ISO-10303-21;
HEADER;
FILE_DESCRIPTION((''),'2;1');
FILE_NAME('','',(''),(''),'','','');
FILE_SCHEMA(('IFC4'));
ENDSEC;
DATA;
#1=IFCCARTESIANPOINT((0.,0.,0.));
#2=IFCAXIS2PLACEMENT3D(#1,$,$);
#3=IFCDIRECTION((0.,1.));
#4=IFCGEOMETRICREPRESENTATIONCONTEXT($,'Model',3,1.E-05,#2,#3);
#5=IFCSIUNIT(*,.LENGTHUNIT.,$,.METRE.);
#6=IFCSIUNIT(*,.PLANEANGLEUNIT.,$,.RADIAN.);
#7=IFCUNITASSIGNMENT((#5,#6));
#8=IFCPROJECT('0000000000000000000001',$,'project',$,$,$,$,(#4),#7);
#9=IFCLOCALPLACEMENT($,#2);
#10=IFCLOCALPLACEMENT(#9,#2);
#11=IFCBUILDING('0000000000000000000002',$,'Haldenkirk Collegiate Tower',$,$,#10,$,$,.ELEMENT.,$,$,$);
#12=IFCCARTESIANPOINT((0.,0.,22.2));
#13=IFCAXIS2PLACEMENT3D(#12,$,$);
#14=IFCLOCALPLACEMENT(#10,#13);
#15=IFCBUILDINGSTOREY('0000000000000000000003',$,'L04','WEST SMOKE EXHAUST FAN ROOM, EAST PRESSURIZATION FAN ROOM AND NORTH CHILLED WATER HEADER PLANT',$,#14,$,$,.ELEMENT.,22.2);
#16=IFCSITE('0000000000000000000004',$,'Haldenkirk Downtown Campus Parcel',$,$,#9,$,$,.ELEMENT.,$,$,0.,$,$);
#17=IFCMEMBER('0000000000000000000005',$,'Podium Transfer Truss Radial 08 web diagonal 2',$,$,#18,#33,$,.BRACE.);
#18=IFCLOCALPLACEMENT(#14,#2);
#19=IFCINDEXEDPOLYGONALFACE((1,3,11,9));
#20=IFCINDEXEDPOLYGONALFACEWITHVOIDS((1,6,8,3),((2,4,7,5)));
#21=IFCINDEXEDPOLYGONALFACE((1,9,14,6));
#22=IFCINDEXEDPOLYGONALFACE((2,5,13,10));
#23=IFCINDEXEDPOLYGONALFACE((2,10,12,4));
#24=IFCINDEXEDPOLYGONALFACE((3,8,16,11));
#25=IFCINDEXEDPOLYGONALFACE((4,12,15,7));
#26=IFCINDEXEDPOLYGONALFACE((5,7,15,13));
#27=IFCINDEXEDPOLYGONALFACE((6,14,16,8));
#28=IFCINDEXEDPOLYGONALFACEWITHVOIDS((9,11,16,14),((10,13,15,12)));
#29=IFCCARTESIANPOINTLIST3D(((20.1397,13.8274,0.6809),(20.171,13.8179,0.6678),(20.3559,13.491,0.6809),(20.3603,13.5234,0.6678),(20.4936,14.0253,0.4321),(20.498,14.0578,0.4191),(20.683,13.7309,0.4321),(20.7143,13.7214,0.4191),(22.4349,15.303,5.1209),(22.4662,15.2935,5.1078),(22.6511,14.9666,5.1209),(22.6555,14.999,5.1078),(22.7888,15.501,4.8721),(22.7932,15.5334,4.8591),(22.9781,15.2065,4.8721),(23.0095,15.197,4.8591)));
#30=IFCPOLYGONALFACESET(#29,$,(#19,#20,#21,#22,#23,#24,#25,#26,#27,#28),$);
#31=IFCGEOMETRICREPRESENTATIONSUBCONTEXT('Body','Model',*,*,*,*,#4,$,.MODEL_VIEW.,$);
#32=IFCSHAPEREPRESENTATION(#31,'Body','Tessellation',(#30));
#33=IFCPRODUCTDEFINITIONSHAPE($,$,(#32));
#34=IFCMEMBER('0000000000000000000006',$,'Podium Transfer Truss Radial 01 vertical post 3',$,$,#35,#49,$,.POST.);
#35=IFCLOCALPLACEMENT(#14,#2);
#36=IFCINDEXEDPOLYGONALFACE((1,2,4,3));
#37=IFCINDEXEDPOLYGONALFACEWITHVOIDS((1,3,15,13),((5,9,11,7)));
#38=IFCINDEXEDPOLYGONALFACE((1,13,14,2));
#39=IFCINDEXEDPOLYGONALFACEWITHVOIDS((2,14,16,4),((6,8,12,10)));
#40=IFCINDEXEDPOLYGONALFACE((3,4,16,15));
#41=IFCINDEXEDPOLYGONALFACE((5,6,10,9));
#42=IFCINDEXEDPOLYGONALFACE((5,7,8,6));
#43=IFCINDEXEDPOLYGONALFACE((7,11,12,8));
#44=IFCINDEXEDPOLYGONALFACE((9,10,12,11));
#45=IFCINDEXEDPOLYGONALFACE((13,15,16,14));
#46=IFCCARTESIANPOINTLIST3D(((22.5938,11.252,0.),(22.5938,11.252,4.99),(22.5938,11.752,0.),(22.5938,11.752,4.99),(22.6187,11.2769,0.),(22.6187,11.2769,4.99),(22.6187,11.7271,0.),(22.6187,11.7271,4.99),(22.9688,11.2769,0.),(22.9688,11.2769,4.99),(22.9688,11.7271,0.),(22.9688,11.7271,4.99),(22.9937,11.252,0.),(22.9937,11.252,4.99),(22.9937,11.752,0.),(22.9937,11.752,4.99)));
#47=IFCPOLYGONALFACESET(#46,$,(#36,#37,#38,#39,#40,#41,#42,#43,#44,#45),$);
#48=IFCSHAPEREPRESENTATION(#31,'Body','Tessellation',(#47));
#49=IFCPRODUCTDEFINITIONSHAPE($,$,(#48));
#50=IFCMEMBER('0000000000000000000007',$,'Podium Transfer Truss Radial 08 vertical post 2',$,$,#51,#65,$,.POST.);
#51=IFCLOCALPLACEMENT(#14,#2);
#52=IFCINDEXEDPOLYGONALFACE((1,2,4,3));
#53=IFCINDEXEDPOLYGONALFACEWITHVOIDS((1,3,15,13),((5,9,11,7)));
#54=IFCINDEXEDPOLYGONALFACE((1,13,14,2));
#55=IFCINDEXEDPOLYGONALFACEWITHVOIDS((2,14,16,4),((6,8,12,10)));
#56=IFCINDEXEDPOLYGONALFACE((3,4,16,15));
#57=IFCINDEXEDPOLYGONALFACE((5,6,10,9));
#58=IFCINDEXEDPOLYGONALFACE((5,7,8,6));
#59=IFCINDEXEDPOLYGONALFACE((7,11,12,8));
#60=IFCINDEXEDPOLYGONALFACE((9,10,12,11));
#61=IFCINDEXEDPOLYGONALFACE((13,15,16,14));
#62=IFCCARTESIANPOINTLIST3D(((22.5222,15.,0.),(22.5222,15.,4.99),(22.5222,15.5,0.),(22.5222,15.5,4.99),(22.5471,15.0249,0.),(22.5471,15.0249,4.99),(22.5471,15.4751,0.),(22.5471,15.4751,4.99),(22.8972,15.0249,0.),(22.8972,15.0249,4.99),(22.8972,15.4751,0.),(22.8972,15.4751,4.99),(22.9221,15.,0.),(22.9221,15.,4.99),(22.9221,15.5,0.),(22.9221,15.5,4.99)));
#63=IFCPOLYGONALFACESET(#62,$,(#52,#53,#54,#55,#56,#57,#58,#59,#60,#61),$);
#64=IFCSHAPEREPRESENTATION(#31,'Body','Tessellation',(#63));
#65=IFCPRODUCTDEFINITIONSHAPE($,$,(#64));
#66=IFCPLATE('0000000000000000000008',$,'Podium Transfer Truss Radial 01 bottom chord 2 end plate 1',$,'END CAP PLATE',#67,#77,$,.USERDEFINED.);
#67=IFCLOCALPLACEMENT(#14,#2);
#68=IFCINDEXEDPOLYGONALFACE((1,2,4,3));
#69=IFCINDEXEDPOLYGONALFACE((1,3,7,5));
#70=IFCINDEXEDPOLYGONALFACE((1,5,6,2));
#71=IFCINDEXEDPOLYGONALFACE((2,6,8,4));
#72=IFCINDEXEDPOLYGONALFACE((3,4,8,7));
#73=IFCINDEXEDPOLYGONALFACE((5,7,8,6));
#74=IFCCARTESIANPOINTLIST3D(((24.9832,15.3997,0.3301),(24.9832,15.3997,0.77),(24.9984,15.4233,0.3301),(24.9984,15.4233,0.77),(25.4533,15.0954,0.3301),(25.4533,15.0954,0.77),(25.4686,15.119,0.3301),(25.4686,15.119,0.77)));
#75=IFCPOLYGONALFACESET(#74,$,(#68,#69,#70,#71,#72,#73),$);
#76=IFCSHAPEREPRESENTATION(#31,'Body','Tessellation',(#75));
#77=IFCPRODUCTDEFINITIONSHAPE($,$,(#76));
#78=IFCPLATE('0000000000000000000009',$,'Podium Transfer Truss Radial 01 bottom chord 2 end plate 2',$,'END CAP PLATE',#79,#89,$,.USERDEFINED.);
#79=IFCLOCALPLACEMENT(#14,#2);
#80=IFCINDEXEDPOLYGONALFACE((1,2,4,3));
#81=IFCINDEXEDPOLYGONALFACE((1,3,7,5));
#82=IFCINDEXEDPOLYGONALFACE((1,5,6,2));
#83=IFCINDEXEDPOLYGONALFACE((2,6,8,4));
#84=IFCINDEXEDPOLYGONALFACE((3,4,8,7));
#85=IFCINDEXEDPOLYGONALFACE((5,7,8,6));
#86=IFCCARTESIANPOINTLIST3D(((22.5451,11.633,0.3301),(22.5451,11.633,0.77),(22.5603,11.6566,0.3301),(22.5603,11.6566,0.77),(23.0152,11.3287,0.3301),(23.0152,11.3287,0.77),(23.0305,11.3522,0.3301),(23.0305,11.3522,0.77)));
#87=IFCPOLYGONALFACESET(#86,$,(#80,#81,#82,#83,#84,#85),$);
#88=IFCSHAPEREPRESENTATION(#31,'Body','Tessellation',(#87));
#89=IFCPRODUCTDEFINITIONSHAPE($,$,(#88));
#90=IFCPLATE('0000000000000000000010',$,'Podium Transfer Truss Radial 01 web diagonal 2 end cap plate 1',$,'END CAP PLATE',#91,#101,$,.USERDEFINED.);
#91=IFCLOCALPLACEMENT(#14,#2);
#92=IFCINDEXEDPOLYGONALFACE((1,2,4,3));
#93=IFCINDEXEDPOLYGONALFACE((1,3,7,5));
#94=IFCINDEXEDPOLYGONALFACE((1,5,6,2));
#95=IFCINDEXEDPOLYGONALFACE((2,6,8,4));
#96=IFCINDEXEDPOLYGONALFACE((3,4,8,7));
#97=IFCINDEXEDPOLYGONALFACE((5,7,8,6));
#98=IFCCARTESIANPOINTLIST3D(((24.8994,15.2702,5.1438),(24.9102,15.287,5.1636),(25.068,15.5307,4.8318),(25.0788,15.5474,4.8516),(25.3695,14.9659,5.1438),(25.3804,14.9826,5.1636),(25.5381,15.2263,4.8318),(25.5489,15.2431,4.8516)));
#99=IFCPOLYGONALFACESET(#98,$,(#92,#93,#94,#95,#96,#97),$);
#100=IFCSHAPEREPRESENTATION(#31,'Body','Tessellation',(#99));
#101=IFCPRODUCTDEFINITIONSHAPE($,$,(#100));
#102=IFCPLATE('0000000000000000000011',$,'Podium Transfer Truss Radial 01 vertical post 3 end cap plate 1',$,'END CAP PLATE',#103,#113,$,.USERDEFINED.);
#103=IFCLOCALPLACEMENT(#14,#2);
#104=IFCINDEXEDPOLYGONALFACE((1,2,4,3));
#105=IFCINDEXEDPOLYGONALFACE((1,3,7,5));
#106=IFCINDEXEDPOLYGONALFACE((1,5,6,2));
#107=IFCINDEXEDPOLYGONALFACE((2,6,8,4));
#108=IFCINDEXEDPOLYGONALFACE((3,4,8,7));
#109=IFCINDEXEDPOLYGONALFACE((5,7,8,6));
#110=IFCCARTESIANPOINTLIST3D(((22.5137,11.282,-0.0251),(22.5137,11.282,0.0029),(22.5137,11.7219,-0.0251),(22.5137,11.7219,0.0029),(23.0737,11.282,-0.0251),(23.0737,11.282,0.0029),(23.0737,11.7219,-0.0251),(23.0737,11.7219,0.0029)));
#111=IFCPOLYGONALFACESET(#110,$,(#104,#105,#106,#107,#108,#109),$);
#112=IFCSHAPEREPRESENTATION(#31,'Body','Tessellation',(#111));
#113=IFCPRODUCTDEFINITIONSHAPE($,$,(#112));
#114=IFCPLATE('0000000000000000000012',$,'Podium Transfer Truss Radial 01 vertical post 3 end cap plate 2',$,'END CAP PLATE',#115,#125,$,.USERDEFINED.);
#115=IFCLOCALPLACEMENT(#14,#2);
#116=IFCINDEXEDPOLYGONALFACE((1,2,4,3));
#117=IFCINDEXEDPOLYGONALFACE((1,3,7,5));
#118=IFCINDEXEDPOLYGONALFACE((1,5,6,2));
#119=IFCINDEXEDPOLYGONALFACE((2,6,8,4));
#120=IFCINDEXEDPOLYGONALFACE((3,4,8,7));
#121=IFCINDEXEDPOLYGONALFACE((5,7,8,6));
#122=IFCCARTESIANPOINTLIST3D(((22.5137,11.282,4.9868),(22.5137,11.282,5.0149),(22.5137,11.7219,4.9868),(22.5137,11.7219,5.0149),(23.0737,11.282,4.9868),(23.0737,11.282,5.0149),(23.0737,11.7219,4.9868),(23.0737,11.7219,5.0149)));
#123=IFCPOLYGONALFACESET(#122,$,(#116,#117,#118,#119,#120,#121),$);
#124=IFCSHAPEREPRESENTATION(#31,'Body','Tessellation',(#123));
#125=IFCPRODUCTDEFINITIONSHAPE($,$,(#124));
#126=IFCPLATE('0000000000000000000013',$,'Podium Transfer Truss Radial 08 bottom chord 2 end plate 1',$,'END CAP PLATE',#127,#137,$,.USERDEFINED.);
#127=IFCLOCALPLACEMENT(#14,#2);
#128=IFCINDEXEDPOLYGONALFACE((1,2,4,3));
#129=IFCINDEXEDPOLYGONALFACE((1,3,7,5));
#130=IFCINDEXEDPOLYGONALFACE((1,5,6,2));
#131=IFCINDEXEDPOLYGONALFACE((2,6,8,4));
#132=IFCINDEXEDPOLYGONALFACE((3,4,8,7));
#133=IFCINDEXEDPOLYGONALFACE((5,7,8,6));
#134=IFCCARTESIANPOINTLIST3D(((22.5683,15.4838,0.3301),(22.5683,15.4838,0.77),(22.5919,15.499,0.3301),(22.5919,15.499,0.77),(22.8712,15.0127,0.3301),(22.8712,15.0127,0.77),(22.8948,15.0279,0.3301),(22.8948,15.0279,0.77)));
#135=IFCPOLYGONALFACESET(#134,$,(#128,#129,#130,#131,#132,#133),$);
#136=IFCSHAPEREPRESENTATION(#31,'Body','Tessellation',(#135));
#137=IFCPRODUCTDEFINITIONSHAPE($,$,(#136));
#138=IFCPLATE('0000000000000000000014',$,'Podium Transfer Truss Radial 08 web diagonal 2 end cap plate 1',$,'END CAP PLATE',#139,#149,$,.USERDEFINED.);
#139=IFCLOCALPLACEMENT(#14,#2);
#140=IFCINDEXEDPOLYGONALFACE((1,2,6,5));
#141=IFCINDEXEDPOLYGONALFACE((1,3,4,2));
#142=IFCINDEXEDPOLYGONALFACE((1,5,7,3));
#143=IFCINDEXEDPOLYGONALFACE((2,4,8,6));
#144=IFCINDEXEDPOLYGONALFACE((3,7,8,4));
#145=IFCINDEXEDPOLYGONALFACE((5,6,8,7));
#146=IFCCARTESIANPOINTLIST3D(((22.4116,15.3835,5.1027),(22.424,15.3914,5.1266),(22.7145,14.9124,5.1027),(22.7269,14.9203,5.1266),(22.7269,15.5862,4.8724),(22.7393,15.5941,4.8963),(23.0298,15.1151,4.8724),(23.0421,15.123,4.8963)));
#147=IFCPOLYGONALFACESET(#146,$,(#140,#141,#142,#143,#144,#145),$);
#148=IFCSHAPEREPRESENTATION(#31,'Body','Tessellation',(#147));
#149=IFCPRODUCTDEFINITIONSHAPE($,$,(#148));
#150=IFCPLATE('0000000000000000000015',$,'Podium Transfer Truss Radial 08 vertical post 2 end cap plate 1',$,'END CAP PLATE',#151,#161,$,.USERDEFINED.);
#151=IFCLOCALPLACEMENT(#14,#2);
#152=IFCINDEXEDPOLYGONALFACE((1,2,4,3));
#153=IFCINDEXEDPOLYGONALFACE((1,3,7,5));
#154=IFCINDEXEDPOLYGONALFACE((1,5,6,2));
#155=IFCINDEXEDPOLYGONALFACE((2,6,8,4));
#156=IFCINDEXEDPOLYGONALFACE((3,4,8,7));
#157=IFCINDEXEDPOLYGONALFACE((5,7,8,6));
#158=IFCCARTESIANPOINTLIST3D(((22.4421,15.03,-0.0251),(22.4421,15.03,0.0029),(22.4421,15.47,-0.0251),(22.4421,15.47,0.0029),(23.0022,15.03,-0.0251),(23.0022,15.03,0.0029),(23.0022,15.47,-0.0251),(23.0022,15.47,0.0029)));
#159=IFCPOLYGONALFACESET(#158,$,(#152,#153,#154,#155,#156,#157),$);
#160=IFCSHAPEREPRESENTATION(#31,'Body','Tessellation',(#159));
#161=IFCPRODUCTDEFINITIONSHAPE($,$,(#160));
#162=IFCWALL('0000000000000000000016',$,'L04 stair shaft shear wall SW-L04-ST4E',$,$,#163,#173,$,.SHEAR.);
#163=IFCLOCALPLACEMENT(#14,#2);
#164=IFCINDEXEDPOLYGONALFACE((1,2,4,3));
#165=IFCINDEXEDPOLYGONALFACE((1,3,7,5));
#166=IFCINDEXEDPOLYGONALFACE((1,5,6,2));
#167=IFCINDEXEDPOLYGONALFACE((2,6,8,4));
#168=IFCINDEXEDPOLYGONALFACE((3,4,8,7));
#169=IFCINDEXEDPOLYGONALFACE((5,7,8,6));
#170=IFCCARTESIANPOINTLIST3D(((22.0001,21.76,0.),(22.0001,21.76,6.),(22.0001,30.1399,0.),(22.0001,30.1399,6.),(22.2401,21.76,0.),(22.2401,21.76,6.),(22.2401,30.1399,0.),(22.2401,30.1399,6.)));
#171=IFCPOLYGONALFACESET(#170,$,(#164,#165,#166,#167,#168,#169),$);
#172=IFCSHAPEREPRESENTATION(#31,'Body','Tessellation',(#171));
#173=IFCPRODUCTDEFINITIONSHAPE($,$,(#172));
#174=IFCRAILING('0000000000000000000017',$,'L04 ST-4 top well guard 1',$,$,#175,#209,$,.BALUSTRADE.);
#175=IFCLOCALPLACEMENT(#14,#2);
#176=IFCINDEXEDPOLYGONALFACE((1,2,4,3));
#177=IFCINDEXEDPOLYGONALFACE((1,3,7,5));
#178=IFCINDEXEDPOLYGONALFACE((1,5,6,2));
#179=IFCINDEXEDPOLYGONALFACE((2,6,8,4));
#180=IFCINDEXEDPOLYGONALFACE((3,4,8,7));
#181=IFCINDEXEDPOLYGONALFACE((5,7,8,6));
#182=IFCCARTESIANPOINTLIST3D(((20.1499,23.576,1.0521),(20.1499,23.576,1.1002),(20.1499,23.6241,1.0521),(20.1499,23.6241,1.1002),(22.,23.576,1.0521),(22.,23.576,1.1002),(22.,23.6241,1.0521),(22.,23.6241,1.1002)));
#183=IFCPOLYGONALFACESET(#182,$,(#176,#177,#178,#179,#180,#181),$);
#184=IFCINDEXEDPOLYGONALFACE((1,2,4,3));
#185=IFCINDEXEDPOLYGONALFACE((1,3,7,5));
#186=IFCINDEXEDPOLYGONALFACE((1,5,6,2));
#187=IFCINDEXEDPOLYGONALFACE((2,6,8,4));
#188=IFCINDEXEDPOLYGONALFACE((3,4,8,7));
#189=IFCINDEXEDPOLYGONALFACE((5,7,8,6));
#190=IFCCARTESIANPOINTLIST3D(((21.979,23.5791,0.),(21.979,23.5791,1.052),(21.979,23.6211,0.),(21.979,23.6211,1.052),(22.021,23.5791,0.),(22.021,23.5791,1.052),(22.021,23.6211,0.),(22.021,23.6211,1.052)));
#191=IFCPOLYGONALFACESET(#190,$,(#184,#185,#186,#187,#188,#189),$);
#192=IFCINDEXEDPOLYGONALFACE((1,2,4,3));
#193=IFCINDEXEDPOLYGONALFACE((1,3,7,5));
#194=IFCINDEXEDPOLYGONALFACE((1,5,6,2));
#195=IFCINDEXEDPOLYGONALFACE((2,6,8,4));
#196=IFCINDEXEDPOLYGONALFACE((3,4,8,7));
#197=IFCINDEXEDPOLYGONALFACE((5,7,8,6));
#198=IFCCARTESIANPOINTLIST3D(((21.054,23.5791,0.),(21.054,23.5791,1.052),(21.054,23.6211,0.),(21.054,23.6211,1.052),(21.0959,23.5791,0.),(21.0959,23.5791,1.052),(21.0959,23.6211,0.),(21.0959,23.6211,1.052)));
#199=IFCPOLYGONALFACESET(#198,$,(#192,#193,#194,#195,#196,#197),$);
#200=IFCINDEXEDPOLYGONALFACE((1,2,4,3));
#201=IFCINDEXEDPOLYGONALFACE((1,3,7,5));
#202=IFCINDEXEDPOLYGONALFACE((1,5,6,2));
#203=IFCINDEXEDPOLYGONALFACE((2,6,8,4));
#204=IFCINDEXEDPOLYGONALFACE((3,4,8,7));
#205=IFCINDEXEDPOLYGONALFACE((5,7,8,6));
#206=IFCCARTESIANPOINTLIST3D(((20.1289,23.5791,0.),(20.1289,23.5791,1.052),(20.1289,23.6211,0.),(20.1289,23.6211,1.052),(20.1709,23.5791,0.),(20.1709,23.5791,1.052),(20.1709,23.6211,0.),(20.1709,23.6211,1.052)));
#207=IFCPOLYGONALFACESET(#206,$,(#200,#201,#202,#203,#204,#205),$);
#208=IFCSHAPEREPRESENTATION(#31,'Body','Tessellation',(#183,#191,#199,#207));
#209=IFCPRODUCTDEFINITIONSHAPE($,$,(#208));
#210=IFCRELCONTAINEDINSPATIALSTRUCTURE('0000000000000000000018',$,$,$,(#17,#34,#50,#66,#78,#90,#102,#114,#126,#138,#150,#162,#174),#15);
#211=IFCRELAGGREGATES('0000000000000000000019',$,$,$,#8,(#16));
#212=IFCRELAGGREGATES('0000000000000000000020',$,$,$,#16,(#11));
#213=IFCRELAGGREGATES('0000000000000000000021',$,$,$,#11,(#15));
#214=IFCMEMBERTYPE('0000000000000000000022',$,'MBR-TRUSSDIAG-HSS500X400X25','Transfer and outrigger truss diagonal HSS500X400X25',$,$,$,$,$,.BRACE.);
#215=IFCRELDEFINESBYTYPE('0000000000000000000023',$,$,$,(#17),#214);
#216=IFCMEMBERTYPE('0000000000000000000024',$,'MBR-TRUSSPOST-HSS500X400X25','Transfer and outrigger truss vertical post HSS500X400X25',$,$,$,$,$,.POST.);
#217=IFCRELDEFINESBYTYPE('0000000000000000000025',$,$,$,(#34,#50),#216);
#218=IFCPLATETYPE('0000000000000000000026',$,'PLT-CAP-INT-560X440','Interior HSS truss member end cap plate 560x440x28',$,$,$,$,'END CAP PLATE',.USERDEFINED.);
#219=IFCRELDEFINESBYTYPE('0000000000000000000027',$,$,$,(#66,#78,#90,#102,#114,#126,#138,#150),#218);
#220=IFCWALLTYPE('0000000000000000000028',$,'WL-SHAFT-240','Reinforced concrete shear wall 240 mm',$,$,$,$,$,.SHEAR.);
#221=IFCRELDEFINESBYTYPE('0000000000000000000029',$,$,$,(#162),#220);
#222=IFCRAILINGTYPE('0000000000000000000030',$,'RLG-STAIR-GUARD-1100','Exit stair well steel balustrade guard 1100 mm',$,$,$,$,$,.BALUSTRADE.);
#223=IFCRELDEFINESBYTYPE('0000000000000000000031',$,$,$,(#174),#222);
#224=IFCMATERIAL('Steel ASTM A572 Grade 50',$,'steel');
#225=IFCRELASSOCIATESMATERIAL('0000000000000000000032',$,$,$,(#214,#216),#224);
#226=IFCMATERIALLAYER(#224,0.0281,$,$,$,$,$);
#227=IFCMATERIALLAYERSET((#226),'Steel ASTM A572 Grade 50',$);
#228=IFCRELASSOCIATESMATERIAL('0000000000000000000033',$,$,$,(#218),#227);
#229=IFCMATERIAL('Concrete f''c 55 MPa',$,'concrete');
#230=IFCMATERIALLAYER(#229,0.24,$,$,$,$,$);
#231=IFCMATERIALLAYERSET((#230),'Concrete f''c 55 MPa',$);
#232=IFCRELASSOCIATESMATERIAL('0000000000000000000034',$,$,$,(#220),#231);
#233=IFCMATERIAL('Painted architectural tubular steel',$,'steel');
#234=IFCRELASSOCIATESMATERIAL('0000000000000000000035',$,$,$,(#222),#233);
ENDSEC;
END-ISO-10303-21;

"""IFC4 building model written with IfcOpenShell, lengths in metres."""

from ifc_helpers import new_model, si_unit, direction, frame, frame_2d, origin, origin_2d, place, context, subcontext, project, spatial, rectangle, hollow_rectangle, extrude, source, transform, mapped, material, layer, layer_set, material_profile, profile_set, type_object, element, save


model = new_model("IFC4")

# Units and contexts
model_context = context("Model", 3, precision=1e-05, world=origin(), true_north=direction((0.0, 1.0)))
body_context = subcontext(model_context, "Body", "Model", "MODEL_VIEW")
ifc_project = project(units=[si_unit("LENGTHUNIT", "METRE"), si_unit("PLANEANGLEUNIT", "RADIAN")], contexts=[model_context])

# Site, building, storey
site_placement = place(None, origin())
site = spatial("IfcSite", under=ifc_project, at=site_placement, Name="Haldenkirk Downtown Campus Parcel", CompositionType="ELEMENT", RefElevation=0.0)
building_placement = place(site_placement, origin())
building = spatial("IfcBuilding", under=site, at=building_placement, Name="Haldenkirk Collegiate Tower", CompositionType="ELEMENT")
storey_placement = place(building_placement, frame((0.0, 0.0, 22.2)))
storey = spatial("IfcBuildingStorey", under=building, at=storey_placement, Name="L04", Description="WEST SMOKE EXHAUST FAN ROOM, EAST PRESSURIZATION FAN ROOM AND NORTH CHILLED WATER HEADER PLANT", CompositionType="ELEMENT", Elevation=22.2)

# Members
ifc_material_1 = material(Name="Steel ASTM A572 Grade 50", Category="steel")
ifc_material_profile_1 = material_profile(ifc_material_1, hollow_rectangle(XDim=0.3999, YDim=0.5, WallThickness=0.0249, at=origin_2d()), Name="HSS500X400X25")
ifc_profile_set_1 = profile_set([ifc_material_profile_1], Name="Steel ASTM A572 Grade 50")
member_type_1 = type_object("IfcMemberType", Name="MBR-TRUSSDIAG-HSS500X400X25", Description="Transfer and outrigger truss diagonal HSS500X400X25", PredefinedType="BRACE", material=ifc_profile_set_1)
member_1_placement = place(storey_placement, frame((22.7222, 15.25, 4.99), z_axis=(-0.440416, -0.283148, -0.851974), x_axis=(0.540789, -0.841158, 0.0)))
element("IfcMember", 1, at=member_1_placement, inside=storey, type_object=member_type_1, Name="Podium Transfer Truss Radial 08 web diagonal 2", PredefinedType="BRACE", context=body_context, shape_type="SweptSolid", body=[
    extrude(hollow_rectangle(XDim=0.3999, YDim=0.5, WallThickness=0.0249, at=origin_2d()), origin(), (0.0, 0.0, 1.0), 5.2114),
])
ifc_material_profile_2 = material_profile(ifc_material_1, hollow_rectangle(XDim=0.3999, YDim=0.5, WallThickness=0.0249, at=origin_2d()), Name="HSS500X400X25")
ifc_profile_set_2 = profile_set([ifc_material_profile_2], Name="Steel ASTM A572 Grade 50")
member_type_2 = type_object("IfcMemberType", Name="MBR-TRUSSPOST-HSS500X400X25", Description="Transfer and outrigger truss vertical post HSS500X400X25", PredefinedType="POST", material=ifc_profile_set_2)
for number, where, z_axis, x_axis, name in (
    (2, (22.7937, 11.502, 0.0), (0.0, 0.0, 1.0), (1.0, 0.0, 0.0), "Podium Transfer Truss Radial 01 vertical post 3"),
    (3, (22.7222, 15.25, 0.0), (0.0, 0.0, 1.0), (1.0, 0.0, 0.0), "Podium Transfer Truss Radial 08 vertical post 2"),
):
    element("IfcMember", number, at=place(storey_placement, frame(where, z_axis=z_axis, x_axis=x_axis)), inside=storey, type_object=member_type_2, Name=name, PredefinedType="POST", context=body_context, shape_type="SweptSolid", body=[
        extrude(hollow_rectangle(XDim=0.3999, YDim=0.5, WallThickness=0.0249, at=origin_2d()), origin(), (0.0, 0.0, 1.0), 4.99),
    ])

# Plates
ifc_layer_1 = layer(ifc_material_1, 0.0281)
ifc_layer_set_1 = layer_set([ifc_layer_1], Name="Steel ASTM A572 Grade 50")
plate_type = type_object("IfcPlateType", Name="PLT-CAP-INT-560X440", Description="Interior HSS truss member end cap plate 560x440x28", ElementType="END CAP PLATE", PredefinedType="USERDEFINED", material=ifc_layer_set_1)
shared_shape = source(origin(), body_context, "Body", "SweptSolid", [
    extrude(rectangle(XDim=0.5601, YDim=0.4399, at=origin_2d()), origin(), (0.0, 0.0, 1.0), 0.0281),
])
for number, where, z_axis, x_axis, name in (
    (4, (25.2183, 15.2476, 0.55), (0.543392, 0.839479, 0.0), (-0.839479, 0.543392, 0.0), "Podium Transfer Truss Radial 01 bottom chord 2 end plate 1"),
    (5, (22.7954, 11.5044, 0.55), (-0.543392, -0.839479, 0.0), (0.839479, -0.543392, 0.0), "Podium Transfer Truss Radial 01 bottom chord 2 end plate 2"),
    (6, (25.2188, 15.2483, 4.9878), (0.3853, 0.595253, 0.705137), (-0.839482, 0.543387, 0.0), "Podium Transfer Truss Radial 01 web diagonal 2 end cap plate 1"),
    (7, (22.7937, 11.502, 0.0029), (0.0, 0.0, -1.0), (1.0, 0.0, 0.0), "Podium Transfer Truss Radial 01 vertical post 3 end cap plate 1"),
    (8, (22.7937, 11.502, 4.9868), (0.0, 0.0, 1.0), (1.0, 0.0, 0.0), "Podium Transfer Truss Radial 01 vertical post 3 end cap plate 2"),
    (9, (22.7197, 15.2483, 0.55), (0.841184, 0.54075, 0.0), (-0.54075, 0.841184, 0.0), "Podium Transfer Truss Radial 08 bottom chord 2 end plate 1"),
    (10, (22.7207, 15.2493, 4.9875), (0.440419, 0.28313, 0.851979), (-0.540761, 0.841176, -0.000001), "Podium Transfer Truss Radial 08 web diagonal 2 end cap plate 1"),
    (11, (22.7222, 15.25, 0.0029), (0.0, 0.0, -1.0), (1.0, 0.0, 0.0), "Podium Transfer Truss Radial 08 vertical post 2 end cap plate 1"),
):
    element("IfcPlate", number, at=place(storey_placement, frame(where, z_axis=z_axis, x_axis=x_axis)), inside=storey, type_object=plate_type, Name=name, ObjectType="END CAP PLATE", PredefinedType="USERDEFINED", context=body_context, shape_type="MappedRepresentation", body=[
        mapped(shared_shape, transform((0.0, 0.0, 0.0), x_axis=(1.0, 0.0, 0.0), y_axis=(0.0, 1.0, 0.0), z_axis=(0.0, 0.0, 1.0), scale=1.0)),
    ])

# Wall
ifc_material_2 = material(Name="Concrete f'c 55 MPa", Category="concrete")
ifc_layer_2 = layer(ifc_material_2, 0.24)
ifc_layer_set_2 = layer_set([ifc_layer_2], Name="Concrete f'c 55 MPa")
wall_type = type_object("IfcWallType", Name="WL-SHAFT-240", Description="Reinforced concrete shear wall 240 mm", PredefinedType="SHEAR", material=ifc_layer_set_2)
wall_placement = place(storey_placement, frame((22.1201, 21.76, 0.0), z_axis=(0.0, 0.0, 1.0), x_axis=(0.0, 1.0, 0.0)))
element("IfcWall", 12, at=wall_placement, inside=storey, type_object=wall_type, Name="L04 stair shaft shear wall SW-L04-ST4E", PredefinedType="SHEAR", context=body_context, shape_type="SweptSolid", body=[
    extrude(rectangle(XDim=8.3799, YDim=0.24, at=frame_2d((4.1899, 0.0))), origin(), (0.0, 0.0, 1.0), 6.0),
])

# Railing
ifc_material_3 = material(Name="Painted architectural tubular steel", Category="steel")
railing_type = type_object("IfcRailingType", Name="RLG-STAIR-GUARD-1100", Description="Exit stair well steel balustrade guard 1100 mm", PredefinedType="BALUSTRADE", material=ifc_material_3)
railing_placement = place(storey_placement, frame((22.0, 23.6001, 0.0)))
element("IfcRailing", 13, at=railing_placement, inside=storey, type_object=railing_type, Name="L04 ST-4 top well guard 1", PredefinedType="BALUSTRADE", context=body_context, shape_type="SweptSolid", body=[
    extrude(rectangle(XDim=0.0481, YDim=0.0481, at=origin_2d()), frame((0.0, 0.0, 1.0762), z_axis=(-1.0, 0.0, 0.0), x_axis=(0.0, -1.0, 0.0)), (0.0, 0.0, 1.0), 1.8501),
    extrude(rectangle(XDim=0.042, YDim=0.042, at=origin_2d()), origin(), (0.0, 0.0, 1.0), 1.052),
    extrude(rectangle(XDim=0.042, YDim=0.042, at=origin_2d()), frame((-0.925, 0.0, 0.0)), (0.0, 0.0, 1.0), 1.052),
    extrude(rectangle(XDim=0.042, YDim=0.042, at=origin_2d()), frame((-1.8501, 0.0, 0.0)), (0.0, 0.0, 1.0), 1.052),
])

save(model, "model.ifc")
